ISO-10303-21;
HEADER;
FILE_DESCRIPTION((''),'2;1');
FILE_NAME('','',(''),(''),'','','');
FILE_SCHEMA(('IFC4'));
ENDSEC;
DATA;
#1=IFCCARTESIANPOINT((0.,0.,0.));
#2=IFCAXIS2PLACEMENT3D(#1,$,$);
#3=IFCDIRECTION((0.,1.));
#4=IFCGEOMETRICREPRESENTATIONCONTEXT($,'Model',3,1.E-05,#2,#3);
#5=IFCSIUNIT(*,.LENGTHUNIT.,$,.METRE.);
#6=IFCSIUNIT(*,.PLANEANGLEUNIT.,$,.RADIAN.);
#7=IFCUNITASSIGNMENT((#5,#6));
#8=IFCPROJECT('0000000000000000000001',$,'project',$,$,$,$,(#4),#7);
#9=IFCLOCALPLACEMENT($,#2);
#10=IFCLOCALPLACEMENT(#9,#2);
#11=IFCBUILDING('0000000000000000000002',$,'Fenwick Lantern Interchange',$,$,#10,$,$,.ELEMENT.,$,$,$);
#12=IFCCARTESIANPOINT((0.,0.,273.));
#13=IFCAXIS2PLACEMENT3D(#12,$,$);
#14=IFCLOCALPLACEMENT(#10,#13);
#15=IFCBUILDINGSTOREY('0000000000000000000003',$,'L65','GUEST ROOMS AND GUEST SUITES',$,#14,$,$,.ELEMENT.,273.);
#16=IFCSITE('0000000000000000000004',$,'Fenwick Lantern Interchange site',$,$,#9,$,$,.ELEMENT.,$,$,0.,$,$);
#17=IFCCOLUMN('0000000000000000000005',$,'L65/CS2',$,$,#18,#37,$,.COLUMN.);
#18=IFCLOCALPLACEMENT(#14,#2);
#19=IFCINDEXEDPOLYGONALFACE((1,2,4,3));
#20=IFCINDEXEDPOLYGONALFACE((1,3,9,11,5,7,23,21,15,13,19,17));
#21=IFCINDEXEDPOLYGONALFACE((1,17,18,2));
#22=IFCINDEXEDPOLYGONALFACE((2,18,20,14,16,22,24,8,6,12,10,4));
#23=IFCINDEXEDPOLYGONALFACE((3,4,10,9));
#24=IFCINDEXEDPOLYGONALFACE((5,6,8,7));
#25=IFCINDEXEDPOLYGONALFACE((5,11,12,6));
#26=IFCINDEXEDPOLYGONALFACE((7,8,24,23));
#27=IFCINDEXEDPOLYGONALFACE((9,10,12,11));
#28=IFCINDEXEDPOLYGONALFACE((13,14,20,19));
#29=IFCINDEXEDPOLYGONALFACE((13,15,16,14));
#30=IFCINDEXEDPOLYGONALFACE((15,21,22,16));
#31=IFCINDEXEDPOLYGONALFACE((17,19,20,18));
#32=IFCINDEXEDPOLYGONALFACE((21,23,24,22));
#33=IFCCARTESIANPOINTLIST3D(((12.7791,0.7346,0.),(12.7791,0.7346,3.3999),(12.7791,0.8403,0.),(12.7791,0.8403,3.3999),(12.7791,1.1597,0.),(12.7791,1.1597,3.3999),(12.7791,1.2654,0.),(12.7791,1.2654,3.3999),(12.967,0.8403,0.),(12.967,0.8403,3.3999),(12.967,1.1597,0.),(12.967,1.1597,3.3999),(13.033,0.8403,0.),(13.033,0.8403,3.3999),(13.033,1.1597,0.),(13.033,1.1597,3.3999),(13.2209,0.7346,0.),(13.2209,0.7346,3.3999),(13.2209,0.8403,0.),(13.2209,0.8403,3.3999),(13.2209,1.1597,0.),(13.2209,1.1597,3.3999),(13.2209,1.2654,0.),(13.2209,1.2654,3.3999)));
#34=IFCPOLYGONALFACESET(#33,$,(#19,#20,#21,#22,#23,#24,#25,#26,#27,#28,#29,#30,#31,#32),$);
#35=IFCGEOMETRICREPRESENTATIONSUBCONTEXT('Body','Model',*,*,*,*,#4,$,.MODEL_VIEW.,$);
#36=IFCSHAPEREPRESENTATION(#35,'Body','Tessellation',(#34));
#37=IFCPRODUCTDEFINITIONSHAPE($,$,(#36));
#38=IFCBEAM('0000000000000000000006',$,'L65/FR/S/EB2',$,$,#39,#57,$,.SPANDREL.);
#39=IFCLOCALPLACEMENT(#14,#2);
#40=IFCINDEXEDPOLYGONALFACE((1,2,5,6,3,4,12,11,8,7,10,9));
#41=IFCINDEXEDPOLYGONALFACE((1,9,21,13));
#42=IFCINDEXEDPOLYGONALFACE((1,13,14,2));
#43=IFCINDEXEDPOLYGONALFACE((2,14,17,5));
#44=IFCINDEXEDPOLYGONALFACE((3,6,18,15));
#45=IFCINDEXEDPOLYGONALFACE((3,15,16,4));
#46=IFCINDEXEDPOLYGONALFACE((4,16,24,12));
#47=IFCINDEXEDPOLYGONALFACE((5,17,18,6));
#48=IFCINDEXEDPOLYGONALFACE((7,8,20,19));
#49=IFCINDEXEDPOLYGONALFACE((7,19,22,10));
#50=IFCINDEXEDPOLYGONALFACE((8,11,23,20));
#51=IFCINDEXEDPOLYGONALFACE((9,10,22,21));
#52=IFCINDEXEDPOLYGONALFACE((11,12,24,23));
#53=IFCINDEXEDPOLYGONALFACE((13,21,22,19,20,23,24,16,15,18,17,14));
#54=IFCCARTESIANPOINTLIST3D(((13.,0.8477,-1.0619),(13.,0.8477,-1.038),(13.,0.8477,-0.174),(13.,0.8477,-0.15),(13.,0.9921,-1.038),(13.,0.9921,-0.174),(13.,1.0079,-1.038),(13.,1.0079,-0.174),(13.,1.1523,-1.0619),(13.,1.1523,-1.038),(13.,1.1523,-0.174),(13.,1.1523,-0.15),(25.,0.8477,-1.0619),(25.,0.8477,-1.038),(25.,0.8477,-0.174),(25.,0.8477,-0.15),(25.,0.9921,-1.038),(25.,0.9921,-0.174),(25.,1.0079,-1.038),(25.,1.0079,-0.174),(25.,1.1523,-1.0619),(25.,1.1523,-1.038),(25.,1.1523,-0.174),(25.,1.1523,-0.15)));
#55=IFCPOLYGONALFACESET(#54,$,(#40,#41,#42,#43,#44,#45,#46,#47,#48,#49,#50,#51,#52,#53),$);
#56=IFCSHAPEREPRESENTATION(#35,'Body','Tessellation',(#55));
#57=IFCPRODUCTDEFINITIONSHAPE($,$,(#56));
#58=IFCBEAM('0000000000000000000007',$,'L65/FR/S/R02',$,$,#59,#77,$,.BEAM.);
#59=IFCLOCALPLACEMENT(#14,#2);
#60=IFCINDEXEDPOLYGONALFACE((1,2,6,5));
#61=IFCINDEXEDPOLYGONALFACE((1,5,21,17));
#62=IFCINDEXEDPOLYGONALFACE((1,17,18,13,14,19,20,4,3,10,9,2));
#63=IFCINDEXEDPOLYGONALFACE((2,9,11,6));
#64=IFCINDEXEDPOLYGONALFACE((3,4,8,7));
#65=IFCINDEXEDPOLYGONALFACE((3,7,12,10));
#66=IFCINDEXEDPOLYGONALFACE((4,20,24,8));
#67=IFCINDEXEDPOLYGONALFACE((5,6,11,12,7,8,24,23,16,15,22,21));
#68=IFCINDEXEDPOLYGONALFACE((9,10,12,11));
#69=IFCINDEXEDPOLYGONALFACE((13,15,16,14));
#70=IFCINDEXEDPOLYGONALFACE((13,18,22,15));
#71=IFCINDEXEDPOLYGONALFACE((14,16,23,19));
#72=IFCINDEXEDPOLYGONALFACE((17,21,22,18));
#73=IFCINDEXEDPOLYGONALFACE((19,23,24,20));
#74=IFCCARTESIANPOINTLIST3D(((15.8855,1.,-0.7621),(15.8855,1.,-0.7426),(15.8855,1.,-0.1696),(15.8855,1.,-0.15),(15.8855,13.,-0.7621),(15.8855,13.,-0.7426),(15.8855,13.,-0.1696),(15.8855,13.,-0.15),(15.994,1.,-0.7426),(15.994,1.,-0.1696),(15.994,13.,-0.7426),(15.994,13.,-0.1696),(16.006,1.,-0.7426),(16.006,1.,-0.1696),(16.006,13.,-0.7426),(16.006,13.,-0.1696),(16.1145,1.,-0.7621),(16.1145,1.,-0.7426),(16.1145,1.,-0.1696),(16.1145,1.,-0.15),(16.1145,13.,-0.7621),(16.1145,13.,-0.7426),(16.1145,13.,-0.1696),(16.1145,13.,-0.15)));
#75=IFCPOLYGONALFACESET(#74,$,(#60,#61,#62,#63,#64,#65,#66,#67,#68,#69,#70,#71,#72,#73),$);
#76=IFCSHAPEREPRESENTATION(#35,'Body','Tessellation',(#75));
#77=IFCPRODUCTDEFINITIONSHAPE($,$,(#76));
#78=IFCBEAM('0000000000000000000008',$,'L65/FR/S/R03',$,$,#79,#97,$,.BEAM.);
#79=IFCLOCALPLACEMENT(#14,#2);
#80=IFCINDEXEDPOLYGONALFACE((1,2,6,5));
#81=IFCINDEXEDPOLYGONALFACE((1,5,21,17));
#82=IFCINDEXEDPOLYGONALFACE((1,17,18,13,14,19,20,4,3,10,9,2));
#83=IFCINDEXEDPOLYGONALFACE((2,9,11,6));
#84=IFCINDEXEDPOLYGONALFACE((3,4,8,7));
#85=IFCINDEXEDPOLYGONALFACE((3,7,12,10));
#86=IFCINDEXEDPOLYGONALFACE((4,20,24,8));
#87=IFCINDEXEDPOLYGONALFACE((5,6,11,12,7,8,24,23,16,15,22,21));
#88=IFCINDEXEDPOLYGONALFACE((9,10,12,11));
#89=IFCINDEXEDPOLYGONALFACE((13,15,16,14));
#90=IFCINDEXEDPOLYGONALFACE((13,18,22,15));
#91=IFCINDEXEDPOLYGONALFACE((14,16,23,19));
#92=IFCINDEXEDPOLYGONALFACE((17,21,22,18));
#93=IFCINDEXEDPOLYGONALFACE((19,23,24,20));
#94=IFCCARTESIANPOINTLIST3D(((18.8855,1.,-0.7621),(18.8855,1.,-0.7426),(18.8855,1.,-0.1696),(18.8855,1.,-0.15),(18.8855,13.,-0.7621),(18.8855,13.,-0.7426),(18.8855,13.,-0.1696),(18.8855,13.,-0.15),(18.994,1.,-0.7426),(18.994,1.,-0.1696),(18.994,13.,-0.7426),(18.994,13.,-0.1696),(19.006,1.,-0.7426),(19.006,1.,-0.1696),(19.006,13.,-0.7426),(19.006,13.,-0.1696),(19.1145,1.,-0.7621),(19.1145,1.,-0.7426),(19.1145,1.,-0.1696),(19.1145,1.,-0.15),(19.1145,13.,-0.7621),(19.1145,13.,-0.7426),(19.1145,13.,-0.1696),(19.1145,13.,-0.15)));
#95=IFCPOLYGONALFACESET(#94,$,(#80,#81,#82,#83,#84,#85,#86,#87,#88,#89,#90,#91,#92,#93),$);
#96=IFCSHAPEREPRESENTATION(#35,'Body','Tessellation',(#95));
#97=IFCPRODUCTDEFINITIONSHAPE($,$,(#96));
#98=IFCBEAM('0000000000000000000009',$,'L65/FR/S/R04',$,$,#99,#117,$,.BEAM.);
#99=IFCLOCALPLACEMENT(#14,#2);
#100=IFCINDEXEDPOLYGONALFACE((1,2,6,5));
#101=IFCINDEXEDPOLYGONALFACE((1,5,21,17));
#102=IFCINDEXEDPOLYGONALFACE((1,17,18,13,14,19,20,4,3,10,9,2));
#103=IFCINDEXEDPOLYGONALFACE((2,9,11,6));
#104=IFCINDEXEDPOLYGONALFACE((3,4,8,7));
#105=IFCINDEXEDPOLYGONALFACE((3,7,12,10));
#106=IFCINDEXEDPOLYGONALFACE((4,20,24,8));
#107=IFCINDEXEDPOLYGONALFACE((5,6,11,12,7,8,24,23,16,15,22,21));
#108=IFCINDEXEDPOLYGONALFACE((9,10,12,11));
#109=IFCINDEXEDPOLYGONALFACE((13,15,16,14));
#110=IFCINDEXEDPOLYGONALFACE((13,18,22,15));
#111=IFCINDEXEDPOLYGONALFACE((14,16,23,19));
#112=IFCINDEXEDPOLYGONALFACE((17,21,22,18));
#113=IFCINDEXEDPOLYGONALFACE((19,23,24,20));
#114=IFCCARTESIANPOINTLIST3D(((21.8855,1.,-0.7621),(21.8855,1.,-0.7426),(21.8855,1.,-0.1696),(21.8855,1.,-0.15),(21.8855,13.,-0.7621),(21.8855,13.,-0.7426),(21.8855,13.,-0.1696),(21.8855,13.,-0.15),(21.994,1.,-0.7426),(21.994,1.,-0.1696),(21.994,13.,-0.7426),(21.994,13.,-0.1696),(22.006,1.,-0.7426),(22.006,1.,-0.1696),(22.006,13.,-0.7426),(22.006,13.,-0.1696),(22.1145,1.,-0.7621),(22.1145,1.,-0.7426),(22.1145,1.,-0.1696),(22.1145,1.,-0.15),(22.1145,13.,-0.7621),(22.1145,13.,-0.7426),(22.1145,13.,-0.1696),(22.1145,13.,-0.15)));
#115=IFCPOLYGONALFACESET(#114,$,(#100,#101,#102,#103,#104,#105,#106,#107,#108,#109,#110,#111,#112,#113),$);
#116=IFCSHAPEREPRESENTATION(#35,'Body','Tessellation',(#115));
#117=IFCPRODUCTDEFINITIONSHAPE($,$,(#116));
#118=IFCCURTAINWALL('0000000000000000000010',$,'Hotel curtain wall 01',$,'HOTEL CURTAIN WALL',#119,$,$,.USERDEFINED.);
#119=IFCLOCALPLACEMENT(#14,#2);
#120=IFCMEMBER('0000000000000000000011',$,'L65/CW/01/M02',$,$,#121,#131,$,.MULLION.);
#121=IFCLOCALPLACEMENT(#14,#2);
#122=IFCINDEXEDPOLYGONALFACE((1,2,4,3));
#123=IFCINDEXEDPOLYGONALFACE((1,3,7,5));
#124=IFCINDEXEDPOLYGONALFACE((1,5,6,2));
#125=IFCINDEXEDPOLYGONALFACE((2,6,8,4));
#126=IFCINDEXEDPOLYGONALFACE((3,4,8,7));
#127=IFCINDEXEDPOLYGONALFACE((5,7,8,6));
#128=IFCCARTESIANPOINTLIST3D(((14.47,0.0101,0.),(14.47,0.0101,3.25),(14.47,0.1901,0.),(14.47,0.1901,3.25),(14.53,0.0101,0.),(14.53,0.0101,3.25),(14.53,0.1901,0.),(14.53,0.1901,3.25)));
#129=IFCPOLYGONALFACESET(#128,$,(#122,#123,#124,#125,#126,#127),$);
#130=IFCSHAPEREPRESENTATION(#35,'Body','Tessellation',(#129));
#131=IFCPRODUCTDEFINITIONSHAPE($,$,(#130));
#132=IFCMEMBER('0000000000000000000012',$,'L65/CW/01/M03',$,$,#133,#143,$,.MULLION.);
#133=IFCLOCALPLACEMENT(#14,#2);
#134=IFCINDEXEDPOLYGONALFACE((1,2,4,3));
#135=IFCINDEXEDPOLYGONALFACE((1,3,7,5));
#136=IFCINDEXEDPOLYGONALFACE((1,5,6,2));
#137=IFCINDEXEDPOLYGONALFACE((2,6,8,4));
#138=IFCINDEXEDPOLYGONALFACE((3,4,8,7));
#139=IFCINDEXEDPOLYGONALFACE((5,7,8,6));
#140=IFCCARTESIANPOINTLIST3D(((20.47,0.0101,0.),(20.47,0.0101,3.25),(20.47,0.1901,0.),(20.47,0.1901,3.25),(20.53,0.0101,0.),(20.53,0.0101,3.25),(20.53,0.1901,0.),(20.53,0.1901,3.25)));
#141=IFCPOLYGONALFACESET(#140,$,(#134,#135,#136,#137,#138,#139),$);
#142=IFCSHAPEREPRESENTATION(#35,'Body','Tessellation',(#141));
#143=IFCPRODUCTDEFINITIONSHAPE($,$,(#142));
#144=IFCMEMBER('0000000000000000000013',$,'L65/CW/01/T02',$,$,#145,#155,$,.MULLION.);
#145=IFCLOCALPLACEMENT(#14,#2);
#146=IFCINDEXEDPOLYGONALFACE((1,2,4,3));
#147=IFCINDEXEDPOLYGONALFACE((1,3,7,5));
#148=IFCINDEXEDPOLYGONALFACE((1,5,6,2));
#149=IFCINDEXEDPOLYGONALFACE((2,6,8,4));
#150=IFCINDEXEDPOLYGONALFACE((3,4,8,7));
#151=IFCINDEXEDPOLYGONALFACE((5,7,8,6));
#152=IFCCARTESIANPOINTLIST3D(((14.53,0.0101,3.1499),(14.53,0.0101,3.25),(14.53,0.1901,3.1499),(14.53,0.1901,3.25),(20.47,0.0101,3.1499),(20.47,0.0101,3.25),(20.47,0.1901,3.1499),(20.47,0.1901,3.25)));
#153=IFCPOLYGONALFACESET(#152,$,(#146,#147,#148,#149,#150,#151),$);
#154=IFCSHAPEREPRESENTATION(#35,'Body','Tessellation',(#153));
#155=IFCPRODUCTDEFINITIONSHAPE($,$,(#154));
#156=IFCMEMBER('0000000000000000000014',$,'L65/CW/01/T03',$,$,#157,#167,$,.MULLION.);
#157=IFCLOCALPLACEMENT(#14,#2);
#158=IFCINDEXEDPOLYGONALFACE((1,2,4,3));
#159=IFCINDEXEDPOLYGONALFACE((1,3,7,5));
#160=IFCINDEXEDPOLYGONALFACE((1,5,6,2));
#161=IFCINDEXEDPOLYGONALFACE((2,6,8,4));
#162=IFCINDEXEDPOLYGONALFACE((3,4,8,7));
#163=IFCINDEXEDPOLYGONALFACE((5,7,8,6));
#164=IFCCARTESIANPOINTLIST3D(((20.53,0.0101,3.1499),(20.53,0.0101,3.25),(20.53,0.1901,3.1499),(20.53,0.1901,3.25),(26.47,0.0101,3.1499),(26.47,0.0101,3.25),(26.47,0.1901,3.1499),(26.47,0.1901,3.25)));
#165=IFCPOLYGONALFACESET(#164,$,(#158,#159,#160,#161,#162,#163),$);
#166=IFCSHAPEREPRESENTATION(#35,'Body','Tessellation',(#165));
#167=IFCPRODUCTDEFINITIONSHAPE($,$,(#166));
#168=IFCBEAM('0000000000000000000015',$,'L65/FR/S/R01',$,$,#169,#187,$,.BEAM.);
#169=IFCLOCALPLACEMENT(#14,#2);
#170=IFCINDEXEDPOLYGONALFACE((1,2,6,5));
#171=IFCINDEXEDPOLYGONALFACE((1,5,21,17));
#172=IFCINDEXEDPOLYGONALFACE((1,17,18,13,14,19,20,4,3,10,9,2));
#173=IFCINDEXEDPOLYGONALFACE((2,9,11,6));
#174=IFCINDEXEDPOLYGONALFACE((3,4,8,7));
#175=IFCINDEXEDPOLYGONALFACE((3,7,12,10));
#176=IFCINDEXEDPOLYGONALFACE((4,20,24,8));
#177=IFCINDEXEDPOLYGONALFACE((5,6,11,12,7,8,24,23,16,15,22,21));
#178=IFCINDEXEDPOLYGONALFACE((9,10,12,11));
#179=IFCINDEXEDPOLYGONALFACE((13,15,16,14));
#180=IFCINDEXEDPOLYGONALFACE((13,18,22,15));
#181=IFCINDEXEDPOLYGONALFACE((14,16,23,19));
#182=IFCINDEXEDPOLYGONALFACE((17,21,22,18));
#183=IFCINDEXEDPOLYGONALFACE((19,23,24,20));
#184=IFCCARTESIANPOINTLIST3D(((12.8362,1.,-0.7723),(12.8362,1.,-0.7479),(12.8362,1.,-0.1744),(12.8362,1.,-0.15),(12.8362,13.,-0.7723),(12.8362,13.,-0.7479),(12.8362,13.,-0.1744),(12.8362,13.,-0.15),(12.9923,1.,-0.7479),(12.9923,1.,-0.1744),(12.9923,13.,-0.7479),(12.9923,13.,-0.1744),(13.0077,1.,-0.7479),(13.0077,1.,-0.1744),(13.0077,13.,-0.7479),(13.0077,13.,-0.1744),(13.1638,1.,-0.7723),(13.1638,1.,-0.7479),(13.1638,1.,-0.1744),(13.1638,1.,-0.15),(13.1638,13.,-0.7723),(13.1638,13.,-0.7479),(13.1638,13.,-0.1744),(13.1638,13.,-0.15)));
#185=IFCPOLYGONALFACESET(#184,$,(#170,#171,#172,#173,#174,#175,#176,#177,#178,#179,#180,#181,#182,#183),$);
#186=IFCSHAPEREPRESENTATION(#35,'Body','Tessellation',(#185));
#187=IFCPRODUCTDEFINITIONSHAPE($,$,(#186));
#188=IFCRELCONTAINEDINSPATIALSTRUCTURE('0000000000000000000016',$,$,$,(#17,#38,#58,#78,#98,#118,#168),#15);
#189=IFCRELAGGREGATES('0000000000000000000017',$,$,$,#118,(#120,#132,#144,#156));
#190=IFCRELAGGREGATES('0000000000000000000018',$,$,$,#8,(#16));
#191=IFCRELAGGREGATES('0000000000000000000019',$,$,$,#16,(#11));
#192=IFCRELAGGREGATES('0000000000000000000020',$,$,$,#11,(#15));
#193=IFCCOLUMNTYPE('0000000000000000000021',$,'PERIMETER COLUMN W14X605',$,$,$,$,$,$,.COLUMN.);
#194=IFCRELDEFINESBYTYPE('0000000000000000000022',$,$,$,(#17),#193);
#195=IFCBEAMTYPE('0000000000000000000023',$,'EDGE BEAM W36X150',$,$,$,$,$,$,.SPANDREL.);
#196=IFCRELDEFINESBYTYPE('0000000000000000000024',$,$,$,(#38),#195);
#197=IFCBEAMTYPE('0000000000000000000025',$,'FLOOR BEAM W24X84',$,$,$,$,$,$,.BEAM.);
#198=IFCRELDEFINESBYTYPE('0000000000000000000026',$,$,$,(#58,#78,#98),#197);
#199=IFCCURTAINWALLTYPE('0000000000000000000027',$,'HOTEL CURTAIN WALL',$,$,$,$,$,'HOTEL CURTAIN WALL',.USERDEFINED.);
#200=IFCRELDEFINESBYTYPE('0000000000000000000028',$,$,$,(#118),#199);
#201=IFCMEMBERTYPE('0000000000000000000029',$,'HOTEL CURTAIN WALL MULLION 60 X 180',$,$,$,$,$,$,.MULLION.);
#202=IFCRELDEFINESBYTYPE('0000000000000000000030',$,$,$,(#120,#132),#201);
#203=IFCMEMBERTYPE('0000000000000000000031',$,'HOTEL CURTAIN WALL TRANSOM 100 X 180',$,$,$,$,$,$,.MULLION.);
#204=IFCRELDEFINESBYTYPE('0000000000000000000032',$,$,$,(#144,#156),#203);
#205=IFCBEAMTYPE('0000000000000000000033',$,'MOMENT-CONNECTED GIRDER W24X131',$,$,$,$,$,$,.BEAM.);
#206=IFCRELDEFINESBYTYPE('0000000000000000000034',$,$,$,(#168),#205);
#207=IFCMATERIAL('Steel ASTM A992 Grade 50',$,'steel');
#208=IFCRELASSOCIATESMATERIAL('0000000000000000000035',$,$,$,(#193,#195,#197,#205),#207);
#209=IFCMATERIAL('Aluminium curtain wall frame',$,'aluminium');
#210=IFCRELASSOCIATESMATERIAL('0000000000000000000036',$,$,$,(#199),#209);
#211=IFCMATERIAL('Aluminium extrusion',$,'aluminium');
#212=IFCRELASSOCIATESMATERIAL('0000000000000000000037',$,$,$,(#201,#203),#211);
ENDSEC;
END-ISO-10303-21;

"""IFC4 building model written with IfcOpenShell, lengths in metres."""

from ifc_helpers import new_model, si_unit, direction, frame, origin, origin_2d, place, context, subcontext, project, spatial, rectangle, i_section, extrude, material, material_profile, profile_set, type_object, element, aggregate, save


model = new_model("IFC4")

# Units and contexts
model_context = context("Model", 3, precision=1e-05, world=origin(), true_north=direction((0.0, 1.0)))
body_context = subcontext(model_context, "Body", "Model", "MODEL_VIEW")
ifc_project = project(units=[si_unit("LENGTHUNIT", "METRE"), si_unit("PLANEANGLEUNIT", "RADIAN")], contexts=[model_context])

# Site, building, storey
site_placement = place(None, origin())
site = spatial("IfcSite", under=ifc_project, at=site_placement, Name="Fenwick Lantern Interchange site", CompositionType="ELEMENT", RefElevation=0.0)
building_placement = place(site_placement, origin())
building = spatial("IfcBuilding", under=site, at=building_placement, Name="Fenwick Lantern Interchange", CompositionType="ELEMENT")
storey_placement = place(building_placement, frame((0.0, 0.0, 273.0)))
storey = spatial("IfcBuildingStorey", under=building, at=storey_placement, Name="L65", Description="GUEST ROOMS AND GUEST SUITES", CompositionType="ELEMENT", Elevation=273.0)

# Column
ifc_material_1 = material(Name="Steel ASTM A992 Grade 50", Category="steel")
ifc_material_profile_1 = material_profile(ifc_material_1, i_section(OverallWidth=0.4419, OverallDepth=0.5308, WebThickness=0.0659, FlangeThickness=0.1057, at=origin_2d()), Name="W14X605")
ifc_profile_set_1 = profile_set([ifc_material_profile_1], Name="Steel ASTM A992 Grade 50")
column_type = type_object("IfcColumnType", Name="PERIMETER COLUMN W14X605", PredefinedType="COLUMN", material=ifc_profile_set_1)
column_placement = place(storey_placement, frame((13.0, 1.0, 0.0), z_axis=(0.0, 0.0, 1.0), x_axis=(1.0, 0.0, 0.0)))
element("IfcColumn", 1, at=column_placement, inside=storey, type_object=column_type, Name="L65/CS2", PredefinedType="COLUMN", context=body_context, shape_type="SweptSolid", body=[
    extrude(i_section(OverallWidth=0.4419, OverallDepth=0.5308, WebThickness=0.0659, FlangeThickness=0.1057, at=origin_2d()), origin(), (0.0, 0.0, 1.0), 3.3999),
])

# Beams
ifc_material_profile_2 = material_profile(ifc_material_1, i_section(OverallWidth=0.3047, OverallDepth=0.9119, WebThickness=0.0159, FlangeThickness=0.0239, at=origin_2d()), Name="W36X150")
ifc_profile_set_2 = profile_set([ifc_material_profile_2], Name="Steel ASTM A992 Grade 50")
beam_type_1 = type_object("IfcBeamType", Name="EDGE BEAM W36X150", PredefinedType="SPANDREL", material=ifc_profile_set_2)
beam_1_placement = place(storey_placement, frame((13.0, 1.0, -0.606), z_axis=(1.0, 0.0, 0.0), x_axis=(0.0, 1.0, 0.0)))
element("IfcBeam", 2, at=beam_1_placement, inside=storey, type_object=beam_type_1, Name="L65/FR/S/EB2", PredefinedType="SPANDREL", context=body_context, shape_type="SweptSolid", body=[
    extrude(i_section(OverallWidth=0.3047, OverallDepth=0.9119, WebThickness=0.0159, FlangeThickness=0.0239, at=origin_2d()), origin(), (0.0, 0.0, 1.0), 12.0),
])
ifc_material_profile_3 = material_profile(ifc_material_1, i_section(OverallWidth=0.229, OverallDepth=0.6121, WebThickness=0.012, FlangeThickness=0.0195, at=origin_2d()), Name="W24X84")
ifc_profile_set_3 = profile_set([ifc_material_profile_3], Name="Steel ASTM A992 Grade 50")
beam_type_2 = type_object("IfcBeamType", Name="FLOOR BEAM W24X84", PredefinedType="BEAM", material=ifc_profile_set_3)
for number, where, z_axis, x_axis, name in (
    (3, (16.0, 1.0, -0.4561), (0.0, 1.0, 0.0), (-1.0, 0.0, 0.0), "L65/FR/S/R02"),
    (4, (19.0, 1.0, -0.4561), (0.0, 1.0, 0.0), (-1.0, 0.0, 0.0), "L65/FR/S/R03"),
    (5, (22.0, 1.0, -0.4561), (0.0, 1.0, 0.0), (-1.0, 0.0, 0.0), "L65/FR/S/R04"),
):
    element("IfcBeam", number, at=place(storey_placement, frame(where, z_axis=z_axis, x_axis=x_axis)), inside=storey, type_object=beam_type_2, Name=name, PredefinedType="BEAM", context=body_context, shape_type="SweptSolid", body=[
        extrude(i_section(OverallWidth=0.229, OverallDepth=0.6121, WebThickness=0.012, FlangeThickness=0.0195, at=origin_2d()), origin(), (0.0, 0.0, 1.0), 12.0),
    ])

# Curtain wall, members
ifc_material_2 = material(Name="Aluminium curtain wall frame", Category="aluminium")
curtain_wall_type = type_object("IfcCurtainWallType", Name="HOTEL CURTAIN WALL", ElementType="HOTEL CURTAIN WALL", PredefinedType="USERDEFINED", material=ifc_material_2)
curtain_wall_placement = place(storey_placement, origin())
curtain_wall = element("IfcCurtainWall", 6, at=curtain_wall_placement, inside=storey, type_object=curtain_wall_type, Name="Hotel curtain wall 01", ObjectType="HOTEL CURTAIN WALL", PredefinedType="USERDEFINED")
ifc_material_3 = material(Name="Aluminium extrusion", Category="aluminium")
ifc_material_profile_4 = material_profile(ifc_material_3, rectangle(XDim=0.1799, YDim=0.0601, at=origin_2d()), Name="HOTEL CURTAIN WALL MULLION 60 X 180")
ifc_profile_set_4 = profile_set([ifc_material_profile_4], Name="Aluminium extrusion")
member_type_1 = type_object("IfcMemberType", Name="HOTEL CURTAIN WALL MULLION 60 X 180", PredefinedType="MULLION", material=ifc_profile_set_4)
member_1_placement = place(storey_placement, frame((14.5, 0.1001, 0.0), z_axis=(0.0, 0.0, 1.0), x_axis=(0.0, 1.0, 0.0)))
member_1 = element("IfcMember", 7, at=member_1_placement, type_object=member_type_1, Name="L65/CW/01/M02", PredefinedType="MULLION", context=body_context, shape_type="SweptSolid", body=[
    extrude(rectangle(XDim=0.1799, YDim=0.0601, at=origin_2d()), origin(), (0.0, 0.0, 1.0), 3.25),
])
member_2_placement = place(storey_placement, frame((20.5, 0.1001, 0.0), z_axis=(0.0, 0.0, 1.0), x_axis=(0.0, 1.0, 0.0)))
member_2 = element("IfcMember", 8, at=member_2_placement, type_object=member_type_1, Name="L65/CW/01/M03", PredefinedType="MULLION", context=body_context, shape_type="SweptSolid", body=[
    extrude(rectangle(XDim=0.1799, YDim=0.0601, at=origin_2d()), origin(), (0.0, 0.0, 1.0), 3.25),
])
ifc_material_profile_5 = material_profile(ifc_material_3, rectangle(XDim=0.1799, YDim=0.1001, at=origin_2d()), Name="HOTEL CURTAIN WALL TRANSOM 100 X 180")
ifc_profile_set_5 = profile_set([ifc_material_profile_5], Name="Aluminium extrusion")
member_type_2 = type_object("IfcMemberType", Name="HOTEL CURTAIN WALL TRANSOM 100 X 180", PredefinedType="MULLION", material=ifc_profile_set_5)
member_3_placement = place(storey_placement, frame((14.53, 0.1001, 3.2), z_axis=(1.0, 0.0, 0.0), x_axis=(0.0, 1.0, 0.0)))
member_3 = element("IfcMember", 9, at=member_3_placement, type_object=member_type_2, Name="L65/CW/01/T02", PredefinedType="MULLION", context=body_context, shape_type="SweptSolid", body=[
    extrude(rectangle(XDim=0.1799, YDim=0.1001, at=origin_2d()), origin(), (0.0, 0.0, 1.0), 5.9399),
])
member_4_placement = place(storey_placement, frame((20.53, 0.1001, 3.2), z_axis=(1.0, 0.0, 0.0), x_axis=(0.0, 1.0, 0.0)))
member_4 = element("IfcMember", 10, at=member_4_placement, type_object=member_type_2, Name="L65/CW/01/T03", PredefinedType="MULLION", context=body_context, shape_type="SweptSolid", body=[
    extrude(rectangle(XDim=0.1799, YDim=0.1001, at=origin_2d()), origin(), (0.0, 0.0, 1.0), 5.9399),
])
aggregate(curtain_wall, [member_1, member_2, member_3, member_4])

# Beam
ifc_material_profile_6 = material_profile(ifc_material_1, i_section(OverallWidth=0.3276, OverallDepth=0.6223, WebThickness=0.0154, FlangeThickness=0.0244, at=origin_2d()), Name="W24X131")
ifc_profile_set_6 = profile_set([ifc_material_profile_6], Name="Steel ASTM A992 Grade 50")
beam_type_3 = type_object("IfcBeamType", Name="MOMENT-CONNECTED GIRDER W24X131", PredefinedType="BEAM", material=ifc_profile_set_6)
beam_2_placement = place(storey_placement, frame((13.0, 1.0, -0.4612), z_axis=(0.0, 1.0, 0.0), x_axis=(-1.0, 0.0, 0.0)))
element("IfcBeam", 11, at=beam_2_placement, inside=storey, type_object=beam_type_3, Name="L65/FR/S/R01", PredefinedType="BEAM", context=body_context, shape_type="SweptSolid", body=[
    extrude(i_section(OverallWidth=0.3276, OverallDepth=0.6223, WebThickness=0.0154, FlangeThickness=0.0244, at=origin_2d()), origin(), (0.0, 0.0, 1.0), 12.0),
])

save(model, "model.ifc")
